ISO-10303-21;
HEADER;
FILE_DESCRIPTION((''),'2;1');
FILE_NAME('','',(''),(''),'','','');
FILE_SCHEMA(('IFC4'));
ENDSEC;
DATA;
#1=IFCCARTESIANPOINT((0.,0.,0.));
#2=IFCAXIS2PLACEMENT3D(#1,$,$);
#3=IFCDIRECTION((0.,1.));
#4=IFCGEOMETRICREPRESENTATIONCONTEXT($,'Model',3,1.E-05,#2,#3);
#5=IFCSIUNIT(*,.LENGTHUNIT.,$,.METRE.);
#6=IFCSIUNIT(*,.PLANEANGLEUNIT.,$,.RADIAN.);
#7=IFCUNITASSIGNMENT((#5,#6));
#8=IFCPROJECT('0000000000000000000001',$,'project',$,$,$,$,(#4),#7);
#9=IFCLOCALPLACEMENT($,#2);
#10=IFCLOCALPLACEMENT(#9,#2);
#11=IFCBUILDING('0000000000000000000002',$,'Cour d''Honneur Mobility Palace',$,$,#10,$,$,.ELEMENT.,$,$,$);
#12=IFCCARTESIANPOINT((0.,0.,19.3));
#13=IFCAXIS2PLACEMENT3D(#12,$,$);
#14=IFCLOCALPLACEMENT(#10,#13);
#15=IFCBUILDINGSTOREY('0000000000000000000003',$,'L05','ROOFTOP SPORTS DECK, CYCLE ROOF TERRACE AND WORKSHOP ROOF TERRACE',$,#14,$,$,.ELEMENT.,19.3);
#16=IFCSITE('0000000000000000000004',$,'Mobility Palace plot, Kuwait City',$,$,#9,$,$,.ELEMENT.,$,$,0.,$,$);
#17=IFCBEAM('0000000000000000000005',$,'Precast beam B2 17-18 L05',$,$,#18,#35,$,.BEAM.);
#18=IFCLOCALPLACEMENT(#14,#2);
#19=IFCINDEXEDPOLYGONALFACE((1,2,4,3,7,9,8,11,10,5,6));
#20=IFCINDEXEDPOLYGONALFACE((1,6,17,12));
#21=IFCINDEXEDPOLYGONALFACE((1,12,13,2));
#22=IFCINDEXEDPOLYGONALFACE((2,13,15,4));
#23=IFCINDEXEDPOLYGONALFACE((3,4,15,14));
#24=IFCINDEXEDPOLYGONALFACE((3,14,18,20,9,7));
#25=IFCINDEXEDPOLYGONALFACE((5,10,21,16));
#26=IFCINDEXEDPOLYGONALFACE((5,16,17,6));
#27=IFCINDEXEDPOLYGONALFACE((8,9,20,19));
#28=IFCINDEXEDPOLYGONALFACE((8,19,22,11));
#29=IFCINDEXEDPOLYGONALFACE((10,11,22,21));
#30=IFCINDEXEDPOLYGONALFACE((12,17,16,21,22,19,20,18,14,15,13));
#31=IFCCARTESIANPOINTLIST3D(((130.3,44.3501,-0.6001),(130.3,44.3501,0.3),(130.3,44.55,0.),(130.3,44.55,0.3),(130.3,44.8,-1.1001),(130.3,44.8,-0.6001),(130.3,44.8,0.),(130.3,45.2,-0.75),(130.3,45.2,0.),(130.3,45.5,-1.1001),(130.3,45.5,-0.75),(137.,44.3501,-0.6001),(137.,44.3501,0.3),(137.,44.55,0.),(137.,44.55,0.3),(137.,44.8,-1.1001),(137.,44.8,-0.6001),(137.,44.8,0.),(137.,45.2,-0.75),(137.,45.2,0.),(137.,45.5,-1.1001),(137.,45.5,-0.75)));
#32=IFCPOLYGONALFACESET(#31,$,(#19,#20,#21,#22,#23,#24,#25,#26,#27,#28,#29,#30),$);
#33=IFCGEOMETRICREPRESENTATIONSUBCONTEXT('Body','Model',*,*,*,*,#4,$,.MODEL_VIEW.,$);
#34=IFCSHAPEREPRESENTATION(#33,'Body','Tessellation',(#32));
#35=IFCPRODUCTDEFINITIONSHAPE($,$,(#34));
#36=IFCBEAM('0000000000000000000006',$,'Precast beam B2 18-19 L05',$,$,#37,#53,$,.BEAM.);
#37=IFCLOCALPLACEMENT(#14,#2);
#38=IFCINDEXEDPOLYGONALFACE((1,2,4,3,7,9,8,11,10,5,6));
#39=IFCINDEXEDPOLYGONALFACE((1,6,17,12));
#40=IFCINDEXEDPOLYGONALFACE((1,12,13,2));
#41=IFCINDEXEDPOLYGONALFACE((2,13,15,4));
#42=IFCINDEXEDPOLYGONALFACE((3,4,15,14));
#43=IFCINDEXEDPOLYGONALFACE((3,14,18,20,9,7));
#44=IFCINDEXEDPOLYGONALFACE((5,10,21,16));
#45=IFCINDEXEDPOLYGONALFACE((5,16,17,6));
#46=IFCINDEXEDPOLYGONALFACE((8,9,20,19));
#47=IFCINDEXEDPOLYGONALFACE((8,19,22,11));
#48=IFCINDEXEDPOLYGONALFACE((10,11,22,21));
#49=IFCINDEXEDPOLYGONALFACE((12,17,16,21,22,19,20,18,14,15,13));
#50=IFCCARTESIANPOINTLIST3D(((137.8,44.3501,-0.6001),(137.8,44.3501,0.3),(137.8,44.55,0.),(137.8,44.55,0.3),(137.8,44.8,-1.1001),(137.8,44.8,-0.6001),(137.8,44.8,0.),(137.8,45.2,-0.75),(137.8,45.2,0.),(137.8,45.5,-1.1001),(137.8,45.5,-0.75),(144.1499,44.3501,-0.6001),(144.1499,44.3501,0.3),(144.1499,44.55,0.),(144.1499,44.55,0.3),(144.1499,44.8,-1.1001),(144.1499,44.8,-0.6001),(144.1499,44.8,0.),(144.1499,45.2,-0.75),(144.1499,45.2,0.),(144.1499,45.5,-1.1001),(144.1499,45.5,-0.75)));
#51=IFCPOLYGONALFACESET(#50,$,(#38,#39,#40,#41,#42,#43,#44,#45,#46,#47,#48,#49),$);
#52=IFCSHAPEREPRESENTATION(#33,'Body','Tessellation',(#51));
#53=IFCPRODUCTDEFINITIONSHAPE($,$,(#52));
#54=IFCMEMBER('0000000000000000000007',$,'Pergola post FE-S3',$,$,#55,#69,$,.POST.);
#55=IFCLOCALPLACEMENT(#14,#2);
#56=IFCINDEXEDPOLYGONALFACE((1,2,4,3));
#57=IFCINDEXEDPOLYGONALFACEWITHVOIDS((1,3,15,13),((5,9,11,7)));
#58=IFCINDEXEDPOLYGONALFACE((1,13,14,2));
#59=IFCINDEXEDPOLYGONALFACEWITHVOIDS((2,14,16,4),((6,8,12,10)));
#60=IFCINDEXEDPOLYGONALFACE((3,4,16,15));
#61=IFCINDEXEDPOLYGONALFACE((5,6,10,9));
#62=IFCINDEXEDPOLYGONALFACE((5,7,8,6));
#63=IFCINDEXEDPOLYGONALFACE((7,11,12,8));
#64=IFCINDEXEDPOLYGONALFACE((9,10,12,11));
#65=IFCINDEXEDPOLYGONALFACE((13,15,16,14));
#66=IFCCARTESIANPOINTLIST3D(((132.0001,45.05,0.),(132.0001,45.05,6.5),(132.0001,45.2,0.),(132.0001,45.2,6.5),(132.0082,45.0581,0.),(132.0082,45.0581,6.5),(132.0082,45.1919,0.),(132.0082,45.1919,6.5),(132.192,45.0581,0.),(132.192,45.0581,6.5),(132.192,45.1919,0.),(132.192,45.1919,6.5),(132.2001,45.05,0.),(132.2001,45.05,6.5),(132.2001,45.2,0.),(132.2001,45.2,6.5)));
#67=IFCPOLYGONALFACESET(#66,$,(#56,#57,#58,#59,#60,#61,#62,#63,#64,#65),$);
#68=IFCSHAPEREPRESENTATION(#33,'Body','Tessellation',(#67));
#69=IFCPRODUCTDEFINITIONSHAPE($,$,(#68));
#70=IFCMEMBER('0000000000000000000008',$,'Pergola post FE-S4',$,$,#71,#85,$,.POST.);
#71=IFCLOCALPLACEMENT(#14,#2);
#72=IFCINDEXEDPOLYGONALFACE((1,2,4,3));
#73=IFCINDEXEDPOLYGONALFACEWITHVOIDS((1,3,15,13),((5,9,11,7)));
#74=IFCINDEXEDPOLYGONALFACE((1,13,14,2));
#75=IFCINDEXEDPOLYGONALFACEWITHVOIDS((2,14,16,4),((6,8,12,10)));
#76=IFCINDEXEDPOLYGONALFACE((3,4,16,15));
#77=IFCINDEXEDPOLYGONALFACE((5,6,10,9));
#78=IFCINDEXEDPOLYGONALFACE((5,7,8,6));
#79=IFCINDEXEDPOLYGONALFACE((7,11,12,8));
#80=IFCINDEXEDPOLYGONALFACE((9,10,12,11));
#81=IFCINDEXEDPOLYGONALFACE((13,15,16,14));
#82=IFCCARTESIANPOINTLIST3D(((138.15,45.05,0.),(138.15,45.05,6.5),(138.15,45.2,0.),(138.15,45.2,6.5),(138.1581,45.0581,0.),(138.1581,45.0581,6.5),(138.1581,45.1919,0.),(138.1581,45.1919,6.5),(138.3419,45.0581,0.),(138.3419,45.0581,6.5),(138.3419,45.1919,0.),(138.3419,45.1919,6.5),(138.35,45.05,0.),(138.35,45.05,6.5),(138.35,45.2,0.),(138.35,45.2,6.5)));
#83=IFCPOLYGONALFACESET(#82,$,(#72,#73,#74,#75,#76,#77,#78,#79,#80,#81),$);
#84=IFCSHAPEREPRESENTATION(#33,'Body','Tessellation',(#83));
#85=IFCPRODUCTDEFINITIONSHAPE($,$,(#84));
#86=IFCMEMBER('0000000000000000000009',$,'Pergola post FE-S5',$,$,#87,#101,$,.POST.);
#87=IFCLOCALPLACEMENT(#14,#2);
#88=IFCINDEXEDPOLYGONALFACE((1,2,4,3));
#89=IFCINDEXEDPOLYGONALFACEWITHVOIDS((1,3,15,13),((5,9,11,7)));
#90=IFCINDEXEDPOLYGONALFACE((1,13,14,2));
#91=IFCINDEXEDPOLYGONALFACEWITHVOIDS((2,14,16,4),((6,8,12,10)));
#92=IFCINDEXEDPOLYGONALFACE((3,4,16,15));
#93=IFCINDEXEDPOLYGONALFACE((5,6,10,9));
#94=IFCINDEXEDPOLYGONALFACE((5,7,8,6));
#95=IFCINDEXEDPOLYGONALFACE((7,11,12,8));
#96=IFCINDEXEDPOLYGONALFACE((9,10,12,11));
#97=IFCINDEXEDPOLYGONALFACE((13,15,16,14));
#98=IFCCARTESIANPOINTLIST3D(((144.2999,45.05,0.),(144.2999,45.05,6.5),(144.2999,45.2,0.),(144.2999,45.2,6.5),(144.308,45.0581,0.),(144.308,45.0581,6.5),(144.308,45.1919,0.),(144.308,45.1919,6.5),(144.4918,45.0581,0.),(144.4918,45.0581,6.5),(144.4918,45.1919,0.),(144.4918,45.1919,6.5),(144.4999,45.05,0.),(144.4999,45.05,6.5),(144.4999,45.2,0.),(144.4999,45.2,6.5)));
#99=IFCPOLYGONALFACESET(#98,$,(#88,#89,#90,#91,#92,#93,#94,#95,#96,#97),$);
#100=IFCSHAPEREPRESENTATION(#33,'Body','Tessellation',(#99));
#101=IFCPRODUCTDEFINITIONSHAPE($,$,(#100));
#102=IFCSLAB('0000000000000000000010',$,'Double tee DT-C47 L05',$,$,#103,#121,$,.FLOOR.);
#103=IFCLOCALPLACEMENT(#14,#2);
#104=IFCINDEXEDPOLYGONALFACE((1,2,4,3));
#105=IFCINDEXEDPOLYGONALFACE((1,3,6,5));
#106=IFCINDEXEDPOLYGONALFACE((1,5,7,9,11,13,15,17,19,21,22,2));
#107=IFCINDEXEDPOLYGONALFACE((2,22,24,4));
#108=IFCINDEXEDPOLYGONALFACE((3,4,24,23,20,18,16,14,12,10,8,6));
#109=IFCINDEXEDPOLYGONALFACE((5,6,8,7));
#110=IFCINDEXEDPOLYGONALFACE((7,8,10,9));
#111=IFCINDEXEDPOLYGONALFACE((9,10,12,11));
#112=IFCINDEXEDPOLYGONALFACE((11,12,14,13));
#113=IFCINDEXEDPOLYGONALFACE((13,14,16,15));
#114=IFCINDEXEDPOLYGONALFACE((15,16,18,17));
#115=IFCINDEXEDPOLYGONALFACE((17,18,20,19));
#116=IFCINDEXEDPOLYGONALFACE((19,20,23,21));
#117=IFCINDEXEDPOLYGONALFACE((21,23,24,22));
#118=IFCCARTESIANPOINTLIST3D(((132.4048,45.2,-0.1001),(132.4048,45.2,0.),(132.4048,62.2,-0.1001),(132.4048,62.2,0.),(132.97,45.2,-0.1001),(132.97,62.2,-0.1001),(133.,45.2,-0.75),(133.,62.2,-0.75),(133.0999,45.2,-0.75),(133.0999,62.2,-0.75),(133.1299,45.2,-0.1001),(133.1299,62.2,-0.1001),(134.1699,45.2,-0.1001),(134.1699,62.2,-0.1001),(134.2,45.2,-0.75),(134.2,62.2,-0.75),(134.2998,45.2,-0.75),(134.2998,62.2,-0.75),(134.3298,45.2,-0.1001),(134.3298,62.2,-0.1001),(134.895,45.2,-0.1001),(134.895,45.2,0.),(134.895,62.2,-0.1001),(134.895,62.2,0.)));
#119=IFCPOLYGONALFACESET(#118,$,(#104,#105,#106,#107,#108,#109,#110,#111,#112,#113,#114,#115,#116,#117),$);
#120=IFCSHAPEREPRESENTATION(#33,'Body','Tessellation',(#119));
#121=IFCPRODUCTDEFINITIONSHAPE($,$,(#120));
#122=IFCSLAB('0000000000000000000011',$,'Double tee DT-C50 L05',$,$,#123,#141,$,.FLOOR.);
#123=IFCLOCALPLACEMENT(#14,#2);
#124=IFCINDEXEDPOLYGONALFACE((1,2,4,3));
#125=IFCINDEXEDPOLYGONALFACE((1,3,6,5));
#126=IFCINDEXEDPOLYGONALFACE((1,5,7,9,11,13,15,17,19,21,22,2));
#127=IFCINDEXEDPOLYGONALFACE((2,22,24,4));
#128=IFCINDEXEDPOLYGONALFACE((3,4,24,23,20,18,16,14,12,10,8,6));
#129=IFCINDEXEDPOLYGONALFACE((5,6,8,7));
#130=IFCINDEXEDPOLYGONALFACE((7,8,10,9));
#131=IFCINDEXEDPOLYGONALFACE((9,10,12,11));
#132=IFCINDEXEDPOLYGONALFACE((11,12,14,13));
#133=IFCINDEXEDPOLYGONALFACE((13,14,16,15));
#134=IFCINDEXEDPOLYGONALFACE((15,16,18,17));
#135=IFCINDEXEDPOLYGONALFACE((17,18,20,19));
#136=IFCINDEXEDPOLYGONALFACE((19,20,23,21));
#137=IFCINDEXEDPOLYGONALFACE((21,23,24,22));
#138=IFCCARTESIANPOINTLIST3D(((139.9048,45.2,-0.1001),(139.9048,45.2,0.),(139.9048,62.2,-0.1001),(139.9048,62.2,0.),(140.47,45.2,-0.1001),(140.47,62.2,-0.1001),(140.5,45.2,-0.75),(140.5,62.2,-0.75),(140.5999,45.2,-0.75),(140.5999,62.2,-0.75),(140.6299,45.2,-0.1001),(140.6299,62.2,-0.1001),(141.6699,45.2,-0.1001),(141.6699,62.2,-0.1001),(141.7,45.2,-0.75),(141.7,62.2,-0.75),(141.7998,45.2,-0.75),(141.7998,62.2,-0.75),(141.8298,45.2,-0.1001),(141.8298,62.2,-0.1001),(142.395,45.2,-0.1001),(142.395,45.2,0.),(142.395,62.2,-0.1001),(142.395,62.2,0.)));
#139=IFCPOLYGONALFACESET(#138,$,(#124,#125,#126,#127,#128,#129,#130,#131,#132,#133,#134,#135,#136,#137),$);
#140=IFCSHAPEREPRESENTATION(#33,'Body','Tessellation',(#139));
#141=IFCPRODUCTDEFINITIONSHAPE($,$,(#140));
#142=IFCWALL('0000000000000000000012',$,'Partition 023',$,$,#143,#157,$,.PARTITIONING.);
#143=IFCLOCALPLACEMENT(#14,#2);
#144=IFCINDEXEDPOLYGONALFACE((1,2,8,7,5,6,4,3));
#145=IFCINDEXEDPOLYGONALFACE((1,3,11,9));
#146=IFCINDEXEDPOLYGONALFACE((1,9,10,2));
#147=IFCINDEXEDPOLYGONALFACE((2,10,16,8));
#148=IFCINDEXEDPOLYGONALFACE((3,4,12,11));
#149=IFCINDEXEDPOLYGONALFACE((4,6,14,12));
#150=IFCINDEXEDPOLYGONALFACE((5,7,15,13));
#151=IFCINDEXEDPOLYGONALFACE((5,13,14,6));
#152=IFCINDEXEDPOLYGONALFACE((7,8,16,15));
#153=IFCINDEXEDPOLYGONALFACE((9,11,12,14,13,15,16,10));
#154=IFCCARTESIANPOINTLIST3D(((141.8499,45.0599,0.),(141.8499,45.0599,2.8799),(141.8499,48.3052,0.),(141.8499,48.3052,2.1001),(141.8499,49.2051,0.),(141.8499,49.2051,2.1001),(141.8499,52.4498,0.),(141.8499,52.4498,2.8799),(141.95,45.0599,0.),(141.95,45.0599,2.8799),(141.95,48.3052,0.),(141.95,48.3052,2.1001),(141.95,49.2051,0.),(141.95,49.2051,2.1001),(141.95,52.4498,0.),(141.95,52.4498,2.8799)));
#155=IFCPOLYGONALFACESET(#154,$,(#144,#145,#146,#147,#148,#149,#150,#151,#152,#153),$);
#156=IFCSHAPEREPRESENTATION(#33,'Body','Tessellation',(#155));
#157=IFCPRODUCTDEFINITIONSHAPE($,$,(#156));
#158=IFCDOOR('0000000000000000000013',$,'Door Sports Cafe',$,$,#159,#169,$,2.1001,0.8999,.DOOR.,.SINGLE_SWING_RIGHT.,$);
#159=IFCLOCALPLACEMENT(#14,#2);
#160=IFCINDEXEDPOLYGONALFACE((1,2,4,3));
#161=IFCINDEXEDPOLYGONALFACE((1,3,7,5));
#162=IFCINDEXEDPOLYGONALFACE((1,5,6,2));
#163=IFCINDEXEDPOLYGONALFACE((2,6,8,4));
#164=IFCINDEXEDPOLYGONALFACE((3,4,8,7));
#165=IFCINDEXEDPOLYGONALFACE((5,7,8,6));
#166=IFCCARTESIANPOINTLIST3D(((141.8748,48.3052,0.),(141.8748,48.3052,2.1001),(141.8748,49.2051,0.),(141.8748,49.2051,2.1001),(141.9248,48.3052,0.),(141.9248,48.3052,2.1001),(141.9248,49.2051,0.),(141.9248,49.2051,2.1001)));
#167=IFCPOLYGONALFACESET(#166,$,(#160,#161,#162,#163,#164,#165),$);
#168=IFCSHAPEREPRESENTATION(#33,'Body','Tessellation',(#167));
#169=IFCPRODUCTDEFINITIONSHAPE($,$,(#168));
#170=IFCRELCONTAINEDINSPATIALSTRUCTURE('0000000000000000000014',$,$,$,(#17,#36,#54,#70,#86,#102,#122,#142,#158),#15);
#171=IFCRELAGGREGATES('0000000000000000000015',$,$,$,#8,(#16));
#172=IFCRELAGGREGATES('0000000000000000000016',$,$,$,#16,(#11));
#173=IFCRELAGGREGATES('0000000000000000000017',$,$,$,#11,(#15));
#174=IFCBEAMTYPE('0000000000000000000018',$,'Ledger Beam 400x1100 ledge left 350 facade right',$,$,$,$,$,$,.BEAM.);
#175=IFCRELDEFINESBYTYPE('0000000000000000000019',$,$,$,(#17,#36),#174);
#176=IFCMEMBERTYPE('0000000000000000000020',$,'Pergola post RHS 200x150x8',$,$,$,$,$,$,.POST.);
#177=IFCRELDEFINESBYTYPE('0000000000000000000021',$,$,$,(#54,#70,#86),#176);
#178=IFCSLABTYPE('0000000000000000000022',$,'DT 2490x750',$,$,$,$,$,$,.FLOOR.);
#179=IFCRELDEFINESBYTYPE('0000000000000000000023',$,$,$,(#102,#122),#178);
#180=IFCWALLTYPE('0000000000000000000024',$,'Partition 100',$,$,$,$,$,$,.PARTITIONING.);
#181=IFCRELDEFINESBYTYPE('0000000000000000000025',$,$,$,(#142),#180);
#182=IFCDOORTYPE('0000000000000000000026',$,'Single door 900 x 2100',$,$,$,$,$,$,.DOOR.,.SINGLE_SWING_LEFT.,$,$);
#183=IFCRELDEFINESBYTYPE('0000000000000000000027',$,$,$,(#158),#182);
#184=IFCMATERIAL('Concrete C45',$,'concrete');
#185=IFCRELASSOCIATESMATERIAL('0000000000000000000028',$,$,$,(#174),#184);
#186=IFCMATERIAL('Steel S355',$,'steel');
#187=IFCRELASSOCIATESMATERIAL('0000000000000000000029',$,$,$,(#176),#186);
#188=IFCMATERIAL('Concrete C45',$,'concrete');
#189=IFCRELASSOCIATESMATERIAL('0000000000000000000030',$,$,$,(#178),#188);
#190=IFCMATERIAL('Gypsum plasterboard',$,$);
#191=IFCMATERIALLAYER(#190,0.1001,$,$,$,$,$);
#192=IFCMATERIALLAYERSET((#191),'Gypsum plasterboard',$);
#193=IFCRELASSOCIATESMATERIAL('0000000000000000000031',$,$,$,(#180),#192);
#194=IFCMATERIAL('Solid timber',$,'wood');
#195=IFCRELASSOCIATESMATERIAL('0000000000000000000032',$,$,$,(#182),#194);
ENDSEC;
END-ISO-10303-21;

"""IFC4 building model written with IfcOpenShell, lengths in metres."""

from ifc_helpers import new_model, si_unit, direction, frame, frame_2d, origin, origin_2d, place, context, subcontext, project, spatial, polyline, rectangle, hollow_rectangle, outline, extrude, material, layer, layer_set, material_profile, profile_set, type_object, element, fill, save


model = new_model("IFC4")

# Units and contexts
model_context = context("Model", 3, precision=1e-05, world=origin(), true_north=direction((0.0, 1.0)))
body_context = subcontext(model_context, "Body", "Model", "MODEL_VIEW")
ifc_project = project(units=[si_unit("LENGTHUNIT", "METRE"), si_unit("PLANEANGLEUNIT", "RADIAN")], contexts=[model_context])

# Site, building, storey
site_placement = place(None, origin())
site = spatial("IfcSite", under=ifc_project, at=site_placement, Name="Mobility Palace plot, Kuwait City", CompositionType="ELEMENT", RefElevation=0.0)
building_placement = place(site_placement, origin())
building = spatial("IfcBuilding", under=site, at=building_placement, Name="Cour d'Honneur Mobility Palace", CompositionType="ELEMENT")
storey_placement = place(building_placement, frame((0.0, 0.0, 19.3)))
storey = spatial("IfcBuildingStorey", under=building, at=storey_placement, Name="L05", Description="ROOFTOP SPORTS DECK, CYCLE ROOF TERRACE AND WORKSHOP ROOF TERRACE", CompositionType="ELEMENT", Elevation=19.3)

# Beams
ifc_material_1 = material(Name="Concrete C45", Category="concrete")
ifc_material_profile_1 = material_profile(ifc_material_1, outline(polyline([(0.5, -1.1001), (0.5, -0.75), (0.2, -0.75), (0.2, 0.0), (-0.2, 0.0), (-0.45, 0.0), (-0.45, 0.3), (-0.6499, 0.3), (-0.6499, -0.6001), (-0.2, -0.6001), (-0.2, -1.1001), (0.5, -1.1001)])), Name="Ledger Beam 400x1100 ledge left 350 facade right")
ifc_profile_set_1 = profile_set([ifc_material_profile_1], Name="Concrete C45")
beam_type = type_object("IfcBeamType", Name="Ledger Beam 400x1100 ledge left 350 facade right", PredefinedType="BEAM", material=ifc_profile_set_1)
beam_1_placement = place(storey_placement, frame((130.3, 45.0, 0.0), z_axis=(1.0, 0.0, 0.0), x_axis=(0.0, 1.0, 0.0)))
element("IfcBeam", 1, at=beam_1_placement, inside=storey, type_object=beam_type, Name="Precast beam B2 17-18 L05", PredefinedType="BEAM", context=body_context, shape_type="SweptSolid", body=[
    extrude(outline(polyline([(0.5, -1.1001), (0.5, -0.75), (0.2, -0.75), (0.2, 0.0), (-0.2, 0.0), (-0.45, 0.0), (-0.45, 0.3), (-0.6499, 0.3), (-0.6499, -0.6001), (-0.2, -0.6001), (-0.2, -1.1001), (0.5, -1.1001)])), origin(), (0.0, 0.0, 1.0), 6.7),
])
beam_2_placement = place(storey_placement, frame((137.8, 45.0, 0.0), z_axis=(1.0, 0.0, 0.0), x_axis=(0.0, 1.0, 0.0)))
element("IfcBeam", 2, at=beam_2_placement, inside=storey, type_object=beam_type, Name="Precast beam B2 18-19 L05", PredefinedType="BEAM", context=body_context, shape_type="SweptSolid", body=[
    extrude(outline(polyline([(0.5, -1.1001), (0.5, -0.75), (0.2, -0.75), (0.2, 0.0), (-0.2, 0.0), (-0.45, 0.0), (-0.45, 0.3), (-0.6499, 0.3), (-0.6499, -0.6001), (-0.2, -0.6001), (-0.2, -1.1001), (0.5, -1.1001)])), origin(), (0.0, 0.0, 1.0), 6.3499),
])

# Members
ifc_material_2 = material(Name="Steel S355", Category="steel")
ifc_material_profile_2 = material_profile(ifc_material_2, hollow_rectangle(XDim=0.1499, YDim=0.2, WallThickness=0.0081, at=origin_2d()), Name="RHS 200x150x8")
ifc_profile_set_2 = profile_set([ifc_material_profile_2], Name="Steel S355")
member_type = type_object("IfcMemberType", Name="Pergola post RHS 200x150x8", PredefinedType="POST", material=ifc_profile_set_2)
for number, where, z_axis, x_axis, name in (
    (3, (132.1001, 45.125, 0.0), (0.0, 0.0, 1.0), (0.0, 1.0, 0.0), "Pergola post FE-S3"),
    (4, (138.25, 45.125, 0.0), (0.0, 0.0, 1.0), (0.0, 1.0, 0.0), "Pergola post FE-S4"),
    (5, (144.3999, 45.125, 0.0), (0.0, 0.0, 1.0), (0.0, 1.0, 0.0), "Pergola post FE-S5"),
):
    element("IfcMember", number, at=place(storey_placement, frame(where, z_axis=z_axis, x_axis=x_axis)), inside=storey, type_object=member_type, Name=name, PredefinedType="POST", context=body_context, shape_type="SweptSolid", body=[
        extrude(hollow_rectangle(XDim=0.1499, YDim=0.2, WallThickness=0.0081, at=origin_2d()), origin(), (0.0, 0.0, 1.0), 6.5),
    ])

# Slabs
ifc_material_3 = material(Name="Concrete C45", Category="concrete")
ifc_material_profile_3 = material_profile(ifc_material_3, outline(polyline([(-1.2451, 0.0), (1.2451, 0.0), (1.2451, -0.1001), (0.6799, -0.1001), (0.6499, -0.75), (0.55, -0.75), (0.52, -0.1001), (-0.52, -0.1001), (-0.55, -0.75), (-0.6499, -0.75), (-0.6799, -0.1001), (-1.2451, -0.1001), (-1.2451, 0.0)])), Name="DT 2490x750")
ifc_profile_set_3 = profile_set([ifc_material_profile_3], Name="Concrete C45")
slab_type = type_object("IfcSlabType", Name="DT 2490x750", PredefinedType="FLOOR", material=ifc_profile_set_3)
for number, where, z_axis, x_axis, name in (
    (6, (133.6499, 45.2, 0.0), (0.0, 1.0, 0.0), (-1.0, 0.0, 0.0), "Double tee DT-C47 L05"),
    (7, (141.1499, 45.2, 0.0), (0.0, 1.0, 0.0), (-1.0, 0.0, 0.0), "Double tee DT-C50 L05"),
):
    element("IfcSlab", number, at=place(storey_placement, frame(where, z_axis=z_axis, x_axis=x_axis)), inside=storey, type_object=slab_type, Name=name, PredefinedType="FLOOR", context=body_context, shape_type="SweptSolid", body=[
        extrude(outline(polyline([(-1.2451, 0.0), (1.2451, 0.0), (1.2451, -0.1001), (0.6799, -0.1001), (0.6499, -0.75), (0.55, -0.75), (0.52, -0.1001), (-0.52, -0.1001), (-0.55, -0.75), (-0.6499, -0.75), (-0.6799, -0.1001), (-1.2451, -0.1001), (-1.2451, 0.0)])), origin(), (0.0, 0.0, 1.0), 17.0),
    ])

# Wall, opening, door
ifc_material_4 = material(Name="Gypsum plasterboard")
ifc_layer_1 = layer(ifc_material_4, 0.1001)
ifc_layer_set_1 = layer_set([ifc_layer_1], Name="Gypsum plasterboard")
wall_type = type_object("IfcWallType", Name="Partition 100", PredefinedType="PARTITIONING", material=ifc_layer_set_1)
wall_placement = place(storey_placement, frame((141.8999, 45.0601, 0.0), z_axis=(0.0, 0.0, 1.0), x_axis=(0.0, 1.0, 0.0)))
wall = element("IfcWall", 8, at=wall_placement, inside=storey, type_object=wall_type, Name="Partition 023", PredefinedType="PARTITIONING", context=body_context, shape_type="SweptSolid", body=[
    extrude(rectangle(XDim=7.3899, YDim=0.1001, at=frame_2d((3.6948, 0.0))), origin(), (0.0, 0.0, 1.0), 2.8799),
])
opening_placement = place(wall_placement, frame((3.2451, 0.0, 0.0)))
opening = element("IfcOpeningElement", 9, at=opening_placement, cuts=wall, PredefinedType="OPENING", context=body_context, shape_type="SweptSolid", body=[
    extrude(rectangle(XDim=0.8999, YDim=2.1001, at=frame_2d((0.45, 1.05))), frame((0.0, 0.0601, 0.0), z_axis=(0.0, -1.0, 0.0), x_axis=(1.0, 0.0, 0.0)), (0.0, 0.0, 1.0), 0.1201),
])
ifc_material_5 = material(Name="Solid timber", Category="wood")
door_type = type_object("IfcDoorType", Name="Single door 900 x 2100", OperationType="SINGLE_SWING_LEFT", PredefinedType="DOOR", material=ifc_material_5)
door_placement = place(opening_placement, frame((0.8999, 0.0, 0.0), z_axis=(0.0, 0.0, 1.0), x_axis=(-1.0, 0.0, 0.0)))
door = element("IfcDoor", 10, at=door_placement, inside=storey, type_object=door_type, Name="Door Sports Cafe", OperationType="SINGLE_SWING_RIGHT", OverallHeight=2.1001, OverallWidth=0.8999, PredefinedType="DOOR", context=body_context, shape_type="SweptSolid", body=[
    extrude(rectangle(XDim=0.8999, YDim=2.1001, at=frame_2d((0.45, 1.05))), frame((0.0, 0.0249, 0.0), z_axis=(0.0, -1.0, 0.0), x_axis=(1.0, 0.0, 0.0)), (0.0, 0.0, 1.0), 0.05),
])
fill(opening, door)

save(model, "model.ifc")
